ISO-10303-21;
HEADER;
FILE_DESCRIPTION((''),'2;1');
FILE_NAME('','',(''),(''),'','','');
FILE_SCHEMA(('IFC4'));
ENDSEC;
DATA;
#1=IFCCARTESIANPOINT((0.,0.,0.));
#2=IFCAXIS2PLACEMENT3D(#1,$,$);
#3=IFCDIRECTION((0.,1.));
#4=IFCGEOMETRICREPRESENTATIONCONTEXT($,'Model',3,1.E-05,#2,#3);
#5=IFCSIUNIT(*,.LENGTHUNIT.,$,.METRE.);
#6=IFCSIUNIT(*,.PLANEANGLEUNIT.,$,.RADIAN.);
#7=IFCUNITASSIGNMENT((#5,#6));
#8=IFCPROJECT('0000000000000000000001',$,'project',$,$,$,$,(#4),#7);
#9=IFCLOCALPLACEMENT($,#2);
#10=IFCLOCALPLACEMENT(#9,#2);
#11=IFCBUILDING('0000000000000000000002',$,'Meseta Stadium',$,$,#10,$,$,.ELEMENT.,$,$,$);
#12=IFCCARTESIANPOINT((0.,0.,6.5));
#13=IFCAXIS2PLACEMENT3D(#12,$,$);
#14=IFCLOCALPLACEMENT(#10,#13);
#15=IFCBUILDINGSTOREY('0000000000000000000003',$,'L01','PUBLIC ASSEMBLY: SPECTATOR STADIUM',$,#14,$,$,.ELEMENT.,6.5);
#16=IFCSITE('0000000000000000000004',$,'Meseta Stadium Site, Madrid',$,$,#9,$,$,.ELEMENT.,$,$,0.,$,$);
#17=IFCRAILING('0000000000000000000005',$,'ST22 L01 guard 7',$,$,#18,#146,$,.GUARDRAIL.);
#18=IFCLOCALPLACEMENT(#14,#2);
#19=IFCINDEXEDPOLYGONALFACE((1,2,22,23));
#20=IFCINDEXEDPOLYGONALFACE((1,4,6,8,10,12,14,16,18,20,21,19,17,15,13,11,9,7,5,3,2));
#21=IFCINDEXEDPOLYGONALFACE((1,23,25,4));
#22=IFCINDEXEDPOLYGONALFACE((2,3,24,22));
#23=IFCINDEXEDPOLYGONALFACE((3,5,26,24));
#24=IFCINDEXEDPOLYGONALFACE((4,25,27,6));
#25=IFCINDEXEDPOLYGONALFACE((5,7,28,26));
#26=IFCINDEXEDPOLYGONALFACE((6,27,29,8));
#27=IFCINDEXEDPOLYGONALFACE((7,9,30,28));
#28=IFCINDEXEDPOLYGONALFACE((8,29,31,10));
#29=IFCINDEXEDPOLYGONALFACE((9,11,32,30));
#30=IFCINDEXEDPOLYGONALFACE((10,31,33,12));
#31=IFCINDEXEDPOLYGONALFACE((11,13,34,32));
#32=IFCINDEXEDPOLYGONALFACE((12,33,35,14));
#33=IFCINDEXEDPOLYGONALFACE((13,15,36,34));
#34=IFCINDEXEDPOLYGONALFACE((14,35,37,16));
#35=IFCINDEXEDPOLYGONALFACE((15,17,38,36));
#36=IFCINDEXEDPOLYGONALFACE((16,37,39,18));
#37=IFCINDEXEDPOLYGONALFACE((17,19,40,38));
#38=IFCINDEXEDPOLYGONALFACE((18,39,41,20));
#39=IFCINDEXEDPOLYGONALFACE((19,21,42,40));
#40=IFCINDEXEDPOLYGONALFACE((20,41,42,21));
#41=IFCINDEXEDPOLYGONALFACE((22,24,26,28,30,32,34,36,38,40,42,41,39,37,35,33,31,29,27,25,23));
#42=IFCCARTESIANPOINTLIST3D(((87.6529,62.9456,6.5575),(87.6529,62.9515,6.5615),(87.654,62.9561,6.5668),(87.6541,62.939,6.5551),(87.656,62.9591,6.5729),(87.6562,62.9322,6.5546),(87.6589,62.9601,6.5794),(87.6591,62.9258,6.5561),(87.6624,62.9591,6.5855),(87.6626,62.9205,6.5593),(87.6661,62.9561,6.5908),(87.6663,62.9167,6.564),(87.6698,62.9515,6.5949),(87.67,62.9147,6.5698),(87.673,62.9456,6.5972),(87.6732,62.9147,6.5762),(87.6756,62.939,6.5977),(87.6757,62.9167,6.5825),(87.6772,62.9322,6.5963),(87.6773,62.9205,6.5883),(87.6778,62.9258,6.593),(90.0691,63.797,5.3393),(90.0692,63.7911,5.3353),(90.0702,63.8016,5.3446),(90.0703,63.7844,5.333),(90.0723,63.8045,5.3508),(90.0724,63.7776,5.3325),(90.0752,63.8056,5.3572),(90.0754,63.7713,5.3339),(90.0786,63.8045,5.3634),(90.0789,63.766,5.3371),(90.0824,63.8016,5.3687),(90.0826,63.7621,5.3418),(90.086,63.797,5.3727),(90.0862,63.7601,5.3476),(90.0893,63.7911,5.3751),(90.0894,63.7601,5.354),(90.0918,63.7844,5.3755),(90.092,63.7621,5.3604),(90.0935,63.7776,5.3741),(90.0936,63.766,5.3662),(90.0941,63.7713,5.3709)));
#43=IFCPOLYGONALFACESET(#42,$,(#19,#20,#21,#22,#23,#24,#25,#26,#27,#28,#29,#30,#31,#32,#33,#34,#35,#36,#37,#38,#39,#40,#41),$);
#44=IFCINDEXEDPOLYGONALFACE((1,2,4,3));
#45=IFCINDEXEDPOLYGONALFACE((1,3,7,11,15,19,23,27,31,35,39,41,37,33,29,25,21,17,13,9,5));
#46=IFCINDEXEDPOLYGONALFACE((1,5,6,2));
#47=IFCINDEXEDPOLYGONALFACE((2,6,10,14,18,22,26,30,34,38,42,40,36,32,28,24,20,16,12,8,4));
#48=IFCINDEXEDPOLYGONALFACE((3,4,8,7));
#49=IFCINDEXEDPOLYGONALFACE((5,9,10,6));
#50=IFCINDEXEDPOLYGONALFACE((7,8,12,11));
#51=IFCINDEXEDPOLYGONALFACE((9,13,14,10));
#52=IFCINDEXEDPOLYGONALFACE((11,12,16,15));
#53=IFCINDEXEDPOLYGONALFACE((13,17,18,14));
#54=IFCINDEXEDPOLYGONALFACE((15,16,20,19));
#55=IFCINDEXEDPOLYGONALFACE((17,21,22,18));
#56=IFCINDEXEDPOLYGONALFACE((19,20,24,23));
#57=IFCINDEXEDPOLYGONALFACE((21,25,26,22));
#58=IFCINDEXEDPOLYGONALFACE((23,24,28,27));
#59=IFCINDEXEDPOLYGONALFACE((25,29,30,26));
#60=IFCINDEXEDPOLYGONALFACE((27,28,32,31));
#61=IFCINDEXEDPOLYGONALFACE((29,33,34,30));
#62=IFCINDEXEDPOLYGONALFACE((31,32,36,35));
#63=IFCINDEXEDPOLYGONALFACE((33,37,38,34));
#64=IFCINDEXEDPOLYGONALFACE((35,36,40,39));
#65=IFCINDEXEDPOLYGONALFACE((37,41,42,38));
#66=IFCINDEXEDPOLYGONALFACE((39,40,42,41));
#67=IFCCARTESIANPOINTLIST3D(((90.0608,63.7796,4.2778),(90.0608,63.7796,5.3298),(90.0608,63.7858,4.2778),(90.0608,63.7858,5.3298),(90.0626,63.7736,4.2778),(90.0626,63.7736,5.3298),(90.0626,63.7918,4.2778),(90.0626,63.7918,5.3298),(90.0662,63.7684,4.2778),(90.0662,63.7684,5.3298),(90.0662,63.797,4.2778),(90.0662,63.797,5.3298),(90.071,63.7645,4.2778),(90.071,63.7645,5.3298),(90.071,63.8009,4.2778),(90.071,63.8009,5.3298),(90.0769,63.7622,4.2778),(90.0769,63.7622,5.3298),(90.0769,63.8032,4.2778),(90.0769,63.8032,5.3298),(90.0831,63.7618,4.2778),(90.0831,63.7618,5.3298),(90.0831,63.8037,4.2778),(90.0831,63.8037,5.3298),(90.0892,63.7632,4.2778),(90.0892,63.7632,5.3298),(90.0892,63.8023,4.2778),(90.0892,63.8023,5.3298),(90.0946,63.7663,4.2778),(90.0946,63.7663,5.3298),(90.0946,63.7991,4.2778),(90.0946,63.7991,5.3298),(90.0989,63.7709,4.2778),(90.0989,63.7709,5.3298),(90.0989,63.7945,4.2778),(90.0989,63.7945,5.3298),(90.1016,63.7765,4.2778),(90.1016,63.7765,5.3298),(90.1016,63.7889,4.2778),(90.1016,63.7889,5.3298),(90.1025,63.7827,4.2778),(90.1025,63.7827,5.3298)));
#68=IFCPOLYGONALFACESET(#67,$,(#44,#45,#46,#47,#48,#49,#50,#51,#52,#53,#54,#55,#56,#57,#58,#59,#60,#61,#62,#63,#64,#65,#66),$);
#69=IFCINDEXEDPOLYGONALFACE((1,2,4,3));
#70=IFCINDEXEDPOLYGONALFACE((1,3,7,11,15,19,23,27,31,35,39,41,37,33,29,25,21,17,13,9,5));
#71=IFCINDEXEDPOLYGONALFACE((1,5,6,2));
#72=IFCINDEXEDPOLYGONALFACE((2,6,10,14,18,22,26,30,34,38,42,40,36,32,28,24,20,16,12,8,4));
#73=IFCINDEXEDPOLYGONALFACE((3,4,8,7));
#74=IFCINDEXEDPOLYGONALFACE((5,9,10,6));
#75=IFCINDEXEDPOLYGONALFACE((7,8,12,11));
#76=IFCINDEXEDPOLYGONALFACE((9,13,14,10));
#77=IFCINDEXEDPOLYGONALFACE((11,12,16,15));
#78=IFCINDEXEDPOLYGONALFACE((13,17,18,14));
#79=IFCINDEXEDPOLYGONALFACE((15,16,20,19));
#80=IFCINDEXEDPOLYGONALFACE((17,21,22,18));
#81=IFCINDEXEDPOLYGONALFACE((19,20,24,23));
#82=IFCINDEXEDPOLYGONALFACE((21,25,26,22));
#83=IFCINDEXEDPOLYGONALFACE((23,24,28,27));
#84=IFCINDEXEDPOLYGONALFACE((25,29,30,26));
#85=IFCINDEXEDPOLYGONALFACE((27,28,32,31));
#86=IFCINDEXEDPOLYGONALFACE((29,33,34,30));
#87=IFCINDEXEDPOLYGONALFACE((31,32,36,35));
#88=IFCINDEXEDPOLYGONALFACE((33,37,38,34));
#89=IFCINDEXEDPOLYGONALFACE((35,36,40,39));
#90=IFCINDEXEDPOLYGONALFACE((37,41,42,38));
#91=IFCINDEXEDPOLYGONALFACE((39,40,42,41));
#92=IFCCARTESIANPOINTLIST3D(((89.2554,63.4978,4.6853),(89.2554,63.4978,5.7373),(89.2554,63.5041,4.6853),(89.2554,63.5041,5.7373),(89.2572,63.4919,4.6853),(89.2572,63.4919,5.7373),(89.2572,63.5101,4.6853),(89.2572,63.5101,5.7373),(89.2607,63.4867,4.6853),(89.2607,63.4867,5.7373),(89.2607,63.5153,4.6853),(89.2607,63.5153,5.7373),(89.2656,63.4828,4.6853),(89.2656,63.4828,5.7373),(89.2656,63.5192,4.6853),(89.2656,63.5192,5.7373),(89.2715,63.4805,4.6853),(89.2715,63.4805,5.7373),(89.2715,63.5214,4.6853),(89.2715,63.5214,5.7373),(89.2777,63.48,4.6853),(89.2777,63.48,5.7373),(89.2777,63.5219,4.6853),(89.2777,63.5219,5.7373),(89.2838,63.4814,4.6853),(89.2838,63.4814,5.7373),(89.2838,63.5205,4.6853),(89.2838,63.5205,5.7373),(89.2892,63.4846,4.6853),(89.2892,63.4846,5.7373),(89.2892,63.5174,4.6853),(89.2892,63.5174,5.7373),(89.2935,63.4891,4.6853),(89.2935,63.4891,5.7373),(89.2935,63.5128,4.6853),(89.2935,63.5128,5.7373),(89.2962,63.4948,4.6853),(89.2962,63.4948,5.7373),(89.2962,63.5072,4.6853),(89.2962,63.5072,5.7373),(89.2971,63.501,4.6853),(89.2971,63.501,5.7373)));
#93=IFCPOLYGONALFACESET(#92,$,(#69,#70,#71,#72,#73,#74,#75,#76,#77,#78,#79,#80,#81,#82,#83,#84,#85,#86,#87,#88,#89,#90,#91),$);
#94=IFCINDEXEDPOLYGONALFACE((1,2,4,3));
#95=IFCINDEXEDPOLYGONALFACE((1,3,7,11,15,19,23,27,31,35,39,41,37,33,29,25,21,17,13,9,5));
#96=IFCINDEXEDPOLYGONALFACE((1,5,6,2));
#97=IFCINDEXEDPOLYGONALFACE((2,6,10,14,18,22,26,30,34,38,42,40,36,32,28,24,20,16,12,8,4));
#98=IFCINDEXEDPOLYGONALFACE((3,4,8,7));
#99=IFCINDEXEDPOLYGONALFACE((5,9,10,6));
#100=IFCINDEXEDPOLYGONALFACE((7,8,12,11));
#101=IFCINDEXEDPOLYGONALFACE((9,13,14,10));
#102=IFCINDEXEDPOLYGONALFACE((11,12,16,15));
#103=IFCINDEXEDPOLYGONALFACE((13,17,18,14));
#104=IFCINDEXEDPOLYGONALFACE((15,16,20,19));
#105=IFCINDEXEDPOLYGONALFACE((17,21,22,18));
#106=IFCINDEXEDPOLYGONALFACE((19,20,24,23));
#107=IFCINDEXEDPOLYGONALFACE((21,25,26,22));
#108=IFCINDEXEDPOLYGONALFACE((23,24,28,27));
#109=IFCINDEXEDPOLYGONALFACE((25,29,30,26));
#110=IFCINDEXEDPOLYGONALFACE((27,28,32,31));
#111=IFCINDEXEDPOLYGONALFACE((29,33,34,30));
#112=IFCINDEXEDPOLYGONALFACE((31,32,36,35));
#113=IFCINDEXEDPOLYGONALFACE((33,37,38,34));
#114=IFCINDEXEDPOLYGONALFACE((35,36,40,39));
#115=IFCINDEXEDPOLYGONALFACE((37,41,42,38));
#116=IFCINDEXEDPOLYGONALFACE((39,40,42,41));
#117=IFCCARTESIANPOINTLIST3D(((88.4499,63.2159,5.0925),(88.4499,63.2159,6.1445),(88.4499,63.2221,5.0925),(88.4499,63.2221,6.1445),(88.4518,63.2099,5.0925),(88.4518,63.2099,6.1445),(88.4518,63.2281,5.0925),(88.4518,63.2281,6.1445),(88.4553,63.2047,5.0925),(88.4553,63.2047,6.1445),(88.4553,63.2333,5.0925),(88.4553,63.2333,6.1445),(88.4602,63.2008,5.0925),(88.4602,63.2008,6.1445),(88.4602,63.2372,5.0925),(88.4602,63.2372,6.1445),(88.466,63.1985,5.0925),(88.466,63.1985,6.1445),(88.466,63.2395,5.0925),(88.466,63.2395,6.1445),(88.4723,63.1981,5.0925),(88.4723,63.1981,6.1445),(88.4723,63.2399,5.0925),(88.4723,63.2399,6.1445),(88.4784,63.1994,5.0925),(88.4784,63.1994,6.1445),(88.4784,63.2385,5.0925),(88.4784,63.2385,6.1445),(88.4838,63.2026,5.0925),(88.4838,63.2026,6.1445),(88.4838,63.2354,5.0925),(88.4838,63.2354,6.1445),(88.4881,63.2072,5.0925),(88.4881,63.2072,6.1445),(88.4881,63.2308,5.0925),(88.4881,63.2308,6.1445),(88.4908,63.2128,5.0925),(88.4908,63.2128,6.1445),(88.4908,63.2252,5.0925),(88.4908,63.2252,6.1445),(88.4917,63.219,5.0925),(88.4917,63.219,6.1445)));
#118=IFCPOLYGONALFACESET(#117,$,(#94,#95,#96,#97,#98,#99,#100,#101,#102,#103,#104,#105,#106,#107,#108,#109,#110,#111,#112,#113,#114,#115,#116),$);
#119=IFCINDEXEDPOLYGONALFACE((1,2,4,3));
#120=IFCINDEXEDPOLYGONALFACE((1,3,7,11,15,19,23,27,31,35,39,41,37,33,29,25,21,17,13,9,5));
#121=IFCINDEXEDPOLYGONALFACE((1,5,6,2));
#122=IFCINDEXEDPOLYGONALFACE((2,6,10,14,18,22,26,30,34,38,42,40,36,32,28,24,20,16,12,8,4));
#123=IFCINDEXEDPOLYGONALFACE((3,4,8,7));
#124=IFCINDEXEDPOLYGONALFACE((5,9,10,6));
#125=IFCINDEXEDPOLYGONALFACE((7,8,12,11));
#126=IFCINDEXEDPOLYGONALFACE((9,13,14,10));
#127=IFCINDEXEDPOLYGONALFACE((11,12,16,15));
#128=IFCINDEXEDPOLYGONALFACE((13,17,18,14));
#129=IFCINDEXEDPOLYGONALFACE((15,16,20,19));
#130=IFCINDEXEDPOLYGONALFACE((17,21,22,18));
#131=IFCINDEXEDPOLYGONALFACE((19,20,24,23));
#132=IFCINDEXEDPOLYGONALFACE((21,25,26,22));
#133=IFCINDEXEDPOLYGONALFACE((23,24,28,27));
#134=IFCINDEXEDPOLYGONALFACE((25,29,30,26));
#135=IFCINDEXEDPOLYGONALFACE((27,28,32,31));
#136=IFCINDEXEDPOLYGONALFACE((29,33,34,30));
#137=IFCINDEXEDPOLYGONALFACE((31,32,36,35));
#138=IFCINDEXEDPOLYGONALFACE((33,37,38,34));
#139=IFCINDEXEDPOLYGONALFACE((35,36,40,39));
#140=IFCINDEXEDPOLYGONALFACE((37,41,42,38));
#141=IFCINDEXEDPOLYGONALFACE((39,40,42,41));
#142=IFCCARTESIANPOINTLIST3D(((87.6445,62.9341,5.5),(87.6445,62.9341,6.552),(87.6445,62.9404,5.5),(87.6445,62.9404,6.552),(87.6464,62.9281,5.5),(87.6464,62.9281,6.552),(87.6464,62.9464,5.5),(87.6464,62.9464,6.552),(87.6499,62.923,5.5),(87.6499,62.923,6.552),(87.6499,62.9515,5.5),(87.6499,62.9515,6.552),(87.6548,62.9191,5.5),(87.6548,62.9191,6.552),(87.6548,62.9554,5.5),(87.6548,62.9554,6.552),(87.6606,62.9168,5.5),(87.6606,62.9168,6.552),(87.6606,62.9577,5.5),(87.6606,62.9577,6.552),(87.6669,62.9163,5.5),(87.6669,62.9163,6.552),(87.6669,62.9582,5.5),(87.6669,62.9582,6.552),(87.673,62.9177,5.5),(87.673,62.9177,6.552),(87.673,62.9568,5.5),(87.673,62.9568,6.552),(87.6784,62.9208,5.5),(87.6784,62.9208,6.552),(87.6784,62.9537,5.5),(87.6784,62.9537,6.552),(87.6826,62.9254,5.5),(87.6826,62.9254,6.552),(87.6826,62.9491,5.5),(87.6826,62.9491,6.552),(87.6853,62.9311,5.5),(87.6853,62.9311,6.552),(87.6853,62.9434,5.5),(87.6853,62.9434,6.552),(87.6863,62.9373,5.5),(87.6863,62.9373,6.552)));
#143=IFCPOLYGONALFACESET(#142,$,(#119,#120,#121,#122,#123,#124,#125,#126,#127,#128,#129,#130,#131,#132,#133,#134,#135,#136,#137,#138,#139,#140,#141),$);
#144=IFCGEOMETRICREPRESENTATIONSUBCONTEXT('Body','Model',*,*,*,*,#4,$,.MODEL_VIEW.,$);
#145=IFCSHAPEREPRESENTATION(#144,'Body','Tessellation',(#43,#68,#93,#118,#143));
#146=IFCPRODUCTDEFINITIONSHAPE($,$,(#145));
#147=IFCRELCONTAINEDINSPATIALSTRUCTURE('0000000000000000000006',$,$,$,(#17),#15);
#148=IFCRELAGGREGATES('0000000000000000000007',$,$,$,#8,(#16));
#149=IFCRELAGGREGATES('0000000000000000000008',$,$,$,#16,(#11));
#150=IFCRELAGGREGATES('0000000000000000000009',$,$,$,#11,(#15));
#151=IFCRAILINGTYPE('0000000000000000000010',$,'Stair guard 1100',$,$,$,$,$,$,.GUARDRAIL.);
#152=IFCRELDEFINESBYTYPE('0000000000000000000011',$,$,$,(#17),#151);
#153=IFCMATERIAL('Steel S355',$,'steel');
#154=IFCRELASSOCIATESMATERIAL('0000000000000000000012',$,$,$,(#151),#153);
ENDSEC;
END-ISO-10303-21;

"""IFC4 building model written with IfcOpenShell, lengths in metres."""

from ifc_helpers import new_model, si_unit, direction, frame, origin, origin_2d, place, context, subcontext, project, spatial, circle, extrude, material, type_object, element, save


model = new_model("IFC4")

# Units and contexts
model_context = context("Model", 3, precision=1e-05, world=origin(), true_north=direction((0.0, 1.0)))
body_context = subcontext(model_context, "Body", "Model", "MODEL_VIEW")
ifc_project = project(units=[si_unit("LENGTHUNIT", "METRE"), si_unit("PLANEANGLEUNIT", "RADIAN")], contexts=[model_context])

# Site, building, storey
site_placement = place(None, origin())
site = spatial("IfcSite", under=ifc_project, at=site_placement, Name="Meseta Stadium Site, Madrid", CompositionType="ELEMENT", RefElevation=0.0)
building_placement = place(site_placement, origin())
building = spatial("IfcBuilding", under=site, at=building_placement, Name="Meseta Stadium", CompositionType="ELEMENT")
storey_placement = place(building_placement, frame((0.0, 0.0, 6.5)))
storey = spatial("IfcBuildingStorey", under=building, at=storey_placement, Name="L01", Description="PUBLIC ASSEMBLY: SPECTATOR STADIUM", CompositionType="ELEMENT", Elevation=6.5)

# Railing
ifc_material_1 = material(Name="Steel S355", Category="steel")
railing_type_1 = type_object("IfcRailingType", Name="Stair guard 1100", PredefinedType="GUARDRAIL", material=ifc_material_1)
railing_1_placement = place(storey_placement, frame((90.0815, 63.7827, 4.2778)))
element("IfcRailing", 1, at=railing_1_placement, inside=storey, type_object=railing_type_1, Name="ST22 L01 guard 7", PredefinedType="GUARDRAIL", context=body_context, shape_type="SweptSolid", body=[
    extrude(circle(Radius=0.0239, at=origin_2d()), frame((0.0, 0.0, 1.0762), z_axis=(-0.851789, -0.298044, 0.430843), x_axis=(0.33027, -0.943887, 0.0)), (0.0, 0.0, 1.0), 2.8367),
    extrude(circle(Radius=0.021, at=origin_2d()), origin(), (0.0, 0.0, 1.0), 1.052),
    extrude(circle(Radius=0.021, at=origin_2d()), frame((-0.8054, -0.2817, 0.4075)), (0.0, 0.0, 1.0), 1.052),
    extrude(circle(Radius=0.021, at=origin_2d()), frame((-1.6108, -0.5637, 0.8147)), (0.0, 0.0, 1.0), 1.052),
    extrude(circle(Radius=0.021, at=origin_2d()), frame((-2.4163, -0.8455, 1.2222)), (0.0, 0.0, 1.0), 1.052),
])

save(model, "model.ifc")
